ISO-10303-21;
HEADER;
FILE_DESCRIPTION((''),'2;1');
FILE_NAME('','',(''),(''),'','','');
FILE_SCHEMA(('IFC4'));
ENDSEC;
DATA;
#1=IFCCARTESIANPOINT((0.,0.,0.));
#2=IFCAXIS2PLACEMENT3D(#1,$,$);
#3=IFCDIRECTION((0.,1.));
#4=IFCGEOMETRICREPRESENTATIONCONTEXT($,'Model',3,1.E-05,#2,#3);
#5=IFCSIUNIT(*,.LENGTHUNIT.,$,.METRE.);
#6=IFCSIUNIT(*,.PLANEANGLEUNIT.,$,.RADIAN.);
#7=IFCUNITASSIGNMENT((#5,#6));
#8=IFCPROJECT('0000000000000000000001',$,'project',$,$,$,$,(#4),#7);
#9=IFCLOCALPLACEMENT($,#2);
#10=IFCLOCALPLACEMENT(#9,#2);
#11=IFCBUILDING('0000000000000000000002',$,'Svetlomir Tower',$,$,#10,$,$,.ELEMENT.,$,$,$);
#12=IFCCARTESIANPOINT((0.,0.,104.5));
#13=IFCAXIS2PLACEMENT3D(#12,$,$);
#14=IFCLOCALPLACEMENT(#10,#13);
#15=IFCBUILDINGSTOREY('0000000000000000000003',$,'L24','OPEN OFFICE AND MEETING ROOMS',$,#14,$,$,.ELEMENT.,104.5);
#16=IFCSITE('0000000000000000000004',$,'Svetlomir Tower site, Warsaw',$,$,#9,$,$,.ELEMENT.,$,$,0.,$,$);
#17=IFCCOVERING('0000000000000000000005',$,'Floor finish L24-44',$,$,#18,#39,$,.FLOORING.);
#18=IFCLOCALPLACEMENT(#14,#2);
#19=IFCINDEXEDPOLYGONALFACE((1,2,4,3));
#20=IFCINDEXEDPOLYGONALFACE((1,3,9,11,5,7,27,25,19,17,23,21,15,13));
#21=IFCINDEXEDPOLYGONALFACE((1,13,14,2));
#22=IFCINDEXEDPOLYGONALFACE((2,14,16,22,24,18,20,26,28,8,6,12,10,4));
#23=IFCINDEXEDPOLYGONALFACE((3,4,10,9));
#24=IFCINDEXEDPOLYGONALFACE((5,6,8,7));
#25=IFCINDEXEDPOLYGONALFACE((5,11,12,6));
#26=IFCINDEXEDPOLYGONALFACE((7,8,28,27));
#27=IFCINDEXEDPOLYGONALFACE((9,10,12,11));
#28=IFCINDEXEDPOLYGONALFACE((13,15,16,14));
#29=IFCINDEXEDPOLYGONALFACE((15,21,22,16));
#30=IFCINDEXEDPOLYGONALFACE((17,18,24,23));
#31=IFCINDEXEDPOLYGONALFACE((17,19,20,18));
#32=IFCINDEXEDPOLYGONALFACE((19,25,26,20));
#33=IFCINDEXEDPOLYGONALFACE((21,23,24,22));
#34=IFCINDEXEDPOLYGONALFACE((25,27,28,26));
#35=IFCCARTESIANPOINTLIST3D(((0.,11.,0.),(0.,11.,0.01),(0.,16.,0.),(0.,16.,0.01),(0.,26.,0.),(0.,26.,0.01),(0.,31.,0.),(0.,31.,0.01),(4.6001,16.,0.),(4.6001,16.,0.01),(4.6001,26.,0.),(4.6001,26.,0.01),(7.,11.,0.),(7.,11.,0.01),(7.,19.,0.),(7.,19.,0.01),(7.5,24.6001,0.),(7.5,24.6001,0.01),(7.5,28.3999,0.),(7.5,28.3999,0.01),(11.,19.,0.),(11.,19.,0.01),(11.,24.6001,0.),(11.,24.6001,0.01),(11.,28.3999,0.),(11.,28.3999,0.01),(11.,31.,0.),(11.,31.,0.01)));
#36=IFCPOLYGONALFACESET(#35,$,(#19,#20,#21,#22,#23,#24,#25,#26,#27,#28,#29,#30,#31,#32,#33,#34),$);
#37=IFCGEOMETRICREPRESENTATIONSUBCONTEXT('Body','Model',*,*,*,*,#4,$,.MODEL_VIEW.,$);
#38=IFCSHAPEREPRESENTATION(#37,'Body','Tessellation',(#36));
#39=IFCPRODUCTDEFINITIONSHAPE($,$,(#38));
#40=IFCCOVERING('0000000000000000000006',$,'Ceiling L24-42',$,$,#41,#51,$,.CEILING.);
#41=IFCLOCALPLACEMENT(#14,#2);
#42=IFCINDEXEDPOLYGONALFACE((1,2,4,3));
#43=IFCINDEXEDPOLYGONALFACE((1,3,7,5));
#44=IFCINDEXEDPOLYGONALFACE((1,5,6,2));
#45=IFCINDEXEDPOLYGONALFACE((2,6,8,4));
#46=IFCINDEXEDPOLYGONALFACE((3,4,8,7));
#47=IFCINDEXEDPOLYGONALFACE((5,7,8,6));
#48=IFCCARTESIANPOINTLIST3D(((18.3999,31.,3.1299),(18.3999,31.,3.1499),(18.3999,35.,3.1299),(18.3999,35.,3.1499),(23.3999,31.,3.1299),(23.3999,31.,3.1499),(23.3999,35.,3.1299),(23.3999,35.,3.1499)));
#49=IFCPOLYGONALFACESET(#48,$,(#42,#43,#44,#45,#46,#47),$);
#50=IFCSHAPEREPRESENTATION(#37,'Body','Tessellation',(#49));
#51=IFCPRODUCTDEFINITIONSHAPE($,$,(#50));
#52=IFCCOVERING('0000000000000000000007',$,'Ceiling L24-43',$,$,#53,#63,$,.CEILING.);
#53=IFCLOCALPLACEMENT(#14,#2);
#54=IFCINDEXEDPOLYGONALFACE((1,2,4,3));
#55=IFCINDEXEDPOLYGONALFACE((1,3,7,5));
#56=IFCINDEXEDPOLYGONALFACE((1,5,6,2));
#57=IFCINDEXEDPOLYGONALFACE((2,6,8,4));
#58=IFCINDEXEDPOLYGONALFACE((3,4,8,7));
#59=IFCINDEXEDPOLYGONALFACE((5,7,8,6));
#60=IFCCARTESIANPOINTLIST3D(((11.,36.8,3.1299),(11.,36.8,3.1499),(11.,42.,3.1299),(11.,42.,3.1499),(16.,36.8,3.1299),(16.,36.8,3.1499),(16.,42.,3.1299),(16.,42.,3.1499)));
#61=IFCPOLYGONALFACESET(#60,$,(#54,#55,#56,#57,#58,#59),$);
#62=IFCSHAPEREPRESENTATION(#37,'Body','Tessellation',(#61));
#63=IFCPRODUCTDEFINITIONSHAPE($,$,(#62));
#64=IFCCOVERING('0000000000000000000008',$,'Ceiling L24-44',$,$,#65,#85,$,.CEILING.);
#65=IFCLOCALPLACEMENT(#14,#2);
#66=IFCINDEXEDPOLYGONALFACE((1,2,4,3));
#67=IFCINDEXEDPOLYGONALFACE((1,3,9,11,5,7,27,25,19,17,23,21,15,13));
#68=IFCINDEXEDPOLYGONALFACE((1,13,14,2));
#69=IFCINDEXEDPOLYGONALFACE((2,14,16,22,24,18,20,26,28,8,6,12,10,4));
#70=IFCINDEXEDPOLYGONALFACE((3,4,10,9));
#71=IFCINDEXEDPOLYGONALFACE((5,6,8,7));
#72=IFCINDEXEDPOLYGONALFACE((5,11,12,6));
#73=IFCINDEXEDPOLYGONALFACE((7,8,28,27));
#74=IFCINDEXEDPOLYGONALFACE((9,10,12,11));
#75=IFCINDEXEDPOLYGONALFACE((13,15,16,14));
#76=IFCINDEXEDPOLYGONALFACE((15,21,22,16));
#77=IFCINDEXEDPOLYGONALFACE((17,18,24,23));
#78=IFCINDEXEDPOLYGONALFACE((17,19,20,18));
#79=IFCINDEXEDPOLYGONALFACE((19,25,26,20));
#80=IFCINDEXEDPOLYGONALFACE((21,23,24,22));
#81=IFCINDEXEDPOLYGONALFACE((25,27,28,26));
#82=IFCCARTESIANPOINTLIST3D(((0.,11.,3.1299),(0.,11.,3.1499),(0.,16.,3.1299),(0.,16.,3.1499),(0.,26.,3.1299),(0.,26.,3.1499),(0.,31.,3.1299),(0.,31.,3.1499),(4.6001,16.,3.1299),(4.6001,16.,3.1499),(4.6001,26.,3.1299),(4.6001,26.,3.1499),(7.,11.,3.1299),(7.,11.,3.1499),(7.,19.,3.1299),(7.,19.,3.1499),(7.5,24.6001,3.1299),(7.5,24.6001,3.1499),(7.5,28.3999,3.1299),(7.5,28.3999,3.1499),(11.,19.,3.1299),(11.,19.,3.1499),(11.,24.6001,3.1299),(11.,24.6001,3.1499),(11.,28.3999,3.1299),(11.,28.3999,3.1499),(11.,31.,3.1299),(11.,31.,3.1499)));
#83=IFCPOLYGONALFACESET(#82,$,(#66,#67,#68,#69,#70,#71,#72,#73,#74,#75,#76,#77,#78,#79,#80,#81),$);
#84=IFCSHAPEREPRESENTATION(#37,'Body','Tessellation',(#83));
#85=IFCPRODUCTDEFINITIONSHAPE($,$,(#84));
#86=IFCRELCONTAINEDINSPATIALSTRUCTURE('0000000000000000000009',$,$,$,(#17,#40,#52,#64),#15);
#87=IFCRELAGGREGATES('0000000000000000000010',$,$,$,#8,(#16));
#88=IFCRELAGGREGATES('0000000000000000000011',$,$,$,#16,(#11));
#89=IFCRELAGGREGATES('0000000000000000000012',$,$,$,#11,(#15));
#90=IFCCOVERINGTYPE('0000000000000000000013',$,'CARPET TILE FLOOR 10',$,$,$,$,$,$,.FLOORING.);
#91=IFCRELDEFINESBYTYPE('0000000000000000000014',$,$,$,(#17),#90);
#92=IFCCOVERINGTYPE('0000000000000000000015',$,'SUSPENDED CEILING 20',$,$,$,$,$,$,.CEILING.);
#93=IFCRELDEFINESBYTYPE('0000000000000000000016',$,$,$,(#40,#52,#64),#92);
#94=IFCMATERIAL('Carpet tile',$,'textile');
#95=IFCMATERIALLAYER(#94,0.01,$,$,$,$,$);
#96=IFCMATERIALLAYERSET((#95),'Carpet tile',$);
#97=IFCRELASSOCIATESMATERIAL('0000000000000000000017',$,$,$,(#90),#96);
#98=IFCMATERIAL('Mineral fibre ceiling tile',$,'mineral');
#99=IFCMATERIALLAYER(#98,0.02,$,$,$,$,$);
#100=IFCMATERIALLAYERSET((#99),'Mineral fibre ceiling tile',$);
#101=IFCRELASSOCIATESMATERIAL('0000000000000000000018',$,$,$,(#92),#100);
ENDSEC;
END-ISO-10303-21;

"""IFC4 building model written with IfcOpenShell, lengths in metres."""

from ifc_helpers import new_model, si_unit, direction, frame, origin, place, context, subcontext, project, spatial, polyline, outline, extrude, material, layer, layer_set, type_object, element, save


model = new_model("IFC4")

# Units and contexts
model_context = context("Model", 3, precision=1e-05, world=origin(), true_north=direction((0.0, 1.0)))
body_context = subcontext(model_context, "Body", "Model", "MODEL_VIEW")
ifc_project = project(units=[si_unit("LENGTHUNIT", "METRE"), si_unit("PLANEANGLEUNIT", "RADIAN")], contexts=[model_context])

# Site, building, storey
site_placement = place(None, origin())
site = spatial("IfcSite", under=ifc_project, at=site_placement, Name="Svetlomir Tower site, Warsaw", CompositionType="ELEMENT", RefElevation=0.0)
building_placement = place(site_placement, origin())
building = spatial("IfcBuilding", under=site, at=building_placement, Name="Svetlomir Tower", CompositionType="ELEMENT")
storey_placement = place(building_placement, frame((0.0, 0.0, 104.5)))
storey = spatial("IfcBuildingStorey", under=building, at=storey_placement, Name="L24", Description="OPEN OFFICE AND MEETING ROOMS", CompositionType="ELEMENT", Elevation=104.5)

# Coverings
ifc_material_1 = material(Name="Carpet tile", Category="textile")
ifc_layer_1 = layer(ifc_material_1, 0.01)
ifc_layer_set_1 = layer_set([ifc_layer_1], Name="Carpet tile")
covering_type_1 = type_object("IfcCoveringType", Name="CARPET TILE FLOOR 10", PredefinedType="FLOORING", material=ifc_layer_set_1)
covering_1_placement = place(storey_placement, origin())
element("IfcCovering", 1, at=covering_1_placement, inside=storey, type_object=covering_type_1, Name="Floor finish L24-44", PredefinedType="FLOORING", context=body_context, shape_type="SweptSolid", body=[
    extrude(outline(polyline([(11.0, 28.3999), (7.5, 28.3999), (7.5, 24.6001), (11.0, 24.6001), (11.0, 19.0), (7.0, 19.0), (7.0, 11.0), (0.0, 11.0), (0.0, 16.0), (4.6001, 16.0), (4.6001, 26.0), (0.0, 26.0), (0.0, 31.0), (11.0, 31.0), (11.0, 28.3999)])), origin(), (0.0, 0.0, 1.0), 0.01),
])
ifc_material_2 = material(Name="Mineral fibre ceiling tile", Category="mineral")
ifc_layer_2 = layer(ifc_material_2, 0.02)
ifc_layer_set_2 = layer_set([ifc_layer_2], Name="Mineral fibre ceiling tile")
covering_type_2 = type_object("IfcCoveringType", Name="SUSPENDED CEILING 20", PredefinedType="CEILING", material=ifc_layer_set_2)
covering_2_placement = place(storey_placement, frame((0.0, 0.0, 3.1299)))
element("IfcCovering", 2, at=covering_2_placement, inside=storey, type_object=covering_type_2, Name="Ceiling L24-42", PredefinedType="CEILING", context=body_context, shape_type="SweptSolid", body=[
    extrude(outline(polyline([(18.3999, 31.0), (18.3999, 35.0), (23.3999, 35.0), (23.3999, 31.0), (18.3999, 31.0)])), origin(), (0.0, 0.0, 1.0), 0.02),
])
covering_3_placement = place(storey_placement, frame((0.0, 0.0, 3.1299)))
element("IfcCovering", 3, at=covering_3_placement, inside=storey, type_object=covering_type_2, Name="Ceiling L24-43", PredefinedType="CEILING", context=body_context, shape_type="SweptSolid", body=[
    extrude(outline(polyline([(16.0, 42.0), (16.0, 36.8), (11.0, 36.8), (11.0, 42.0), (16.0, 42.0)])), origin(), (0.0, 0.0, 1.0), 0.02),
])
covering_4_placement = place(storey_placement, frame((0.0, 0.0, 3.1299)))
element("IfcCovering", 4, at=covering_4_placement, inside=storey, type_object=covering_type_2, Name="Ceiling L24-44", PredefinedType="CEILING", context=body_context, shape_type="SweptSolid", body=[
    extrude(outline(polyline([(11.0, 28.3999), (7.5, 28.3999), (7.5, 24.6001), (11.0, 24.6001), (11.0, 19.0), (7.0, 19.0), (7.0, 11.0), (0.0, 11.0), (0.0, 16.0), (4.6001, 16.0), (4.6001, 26.0), (0.0, 26.0), (0.0, 31.0), (11.0, 31.0), (11.0, 28.3999)])), origin(), (0.0, 0.0, 1.0), 0.02),
])

save(model, "model.ifc")
